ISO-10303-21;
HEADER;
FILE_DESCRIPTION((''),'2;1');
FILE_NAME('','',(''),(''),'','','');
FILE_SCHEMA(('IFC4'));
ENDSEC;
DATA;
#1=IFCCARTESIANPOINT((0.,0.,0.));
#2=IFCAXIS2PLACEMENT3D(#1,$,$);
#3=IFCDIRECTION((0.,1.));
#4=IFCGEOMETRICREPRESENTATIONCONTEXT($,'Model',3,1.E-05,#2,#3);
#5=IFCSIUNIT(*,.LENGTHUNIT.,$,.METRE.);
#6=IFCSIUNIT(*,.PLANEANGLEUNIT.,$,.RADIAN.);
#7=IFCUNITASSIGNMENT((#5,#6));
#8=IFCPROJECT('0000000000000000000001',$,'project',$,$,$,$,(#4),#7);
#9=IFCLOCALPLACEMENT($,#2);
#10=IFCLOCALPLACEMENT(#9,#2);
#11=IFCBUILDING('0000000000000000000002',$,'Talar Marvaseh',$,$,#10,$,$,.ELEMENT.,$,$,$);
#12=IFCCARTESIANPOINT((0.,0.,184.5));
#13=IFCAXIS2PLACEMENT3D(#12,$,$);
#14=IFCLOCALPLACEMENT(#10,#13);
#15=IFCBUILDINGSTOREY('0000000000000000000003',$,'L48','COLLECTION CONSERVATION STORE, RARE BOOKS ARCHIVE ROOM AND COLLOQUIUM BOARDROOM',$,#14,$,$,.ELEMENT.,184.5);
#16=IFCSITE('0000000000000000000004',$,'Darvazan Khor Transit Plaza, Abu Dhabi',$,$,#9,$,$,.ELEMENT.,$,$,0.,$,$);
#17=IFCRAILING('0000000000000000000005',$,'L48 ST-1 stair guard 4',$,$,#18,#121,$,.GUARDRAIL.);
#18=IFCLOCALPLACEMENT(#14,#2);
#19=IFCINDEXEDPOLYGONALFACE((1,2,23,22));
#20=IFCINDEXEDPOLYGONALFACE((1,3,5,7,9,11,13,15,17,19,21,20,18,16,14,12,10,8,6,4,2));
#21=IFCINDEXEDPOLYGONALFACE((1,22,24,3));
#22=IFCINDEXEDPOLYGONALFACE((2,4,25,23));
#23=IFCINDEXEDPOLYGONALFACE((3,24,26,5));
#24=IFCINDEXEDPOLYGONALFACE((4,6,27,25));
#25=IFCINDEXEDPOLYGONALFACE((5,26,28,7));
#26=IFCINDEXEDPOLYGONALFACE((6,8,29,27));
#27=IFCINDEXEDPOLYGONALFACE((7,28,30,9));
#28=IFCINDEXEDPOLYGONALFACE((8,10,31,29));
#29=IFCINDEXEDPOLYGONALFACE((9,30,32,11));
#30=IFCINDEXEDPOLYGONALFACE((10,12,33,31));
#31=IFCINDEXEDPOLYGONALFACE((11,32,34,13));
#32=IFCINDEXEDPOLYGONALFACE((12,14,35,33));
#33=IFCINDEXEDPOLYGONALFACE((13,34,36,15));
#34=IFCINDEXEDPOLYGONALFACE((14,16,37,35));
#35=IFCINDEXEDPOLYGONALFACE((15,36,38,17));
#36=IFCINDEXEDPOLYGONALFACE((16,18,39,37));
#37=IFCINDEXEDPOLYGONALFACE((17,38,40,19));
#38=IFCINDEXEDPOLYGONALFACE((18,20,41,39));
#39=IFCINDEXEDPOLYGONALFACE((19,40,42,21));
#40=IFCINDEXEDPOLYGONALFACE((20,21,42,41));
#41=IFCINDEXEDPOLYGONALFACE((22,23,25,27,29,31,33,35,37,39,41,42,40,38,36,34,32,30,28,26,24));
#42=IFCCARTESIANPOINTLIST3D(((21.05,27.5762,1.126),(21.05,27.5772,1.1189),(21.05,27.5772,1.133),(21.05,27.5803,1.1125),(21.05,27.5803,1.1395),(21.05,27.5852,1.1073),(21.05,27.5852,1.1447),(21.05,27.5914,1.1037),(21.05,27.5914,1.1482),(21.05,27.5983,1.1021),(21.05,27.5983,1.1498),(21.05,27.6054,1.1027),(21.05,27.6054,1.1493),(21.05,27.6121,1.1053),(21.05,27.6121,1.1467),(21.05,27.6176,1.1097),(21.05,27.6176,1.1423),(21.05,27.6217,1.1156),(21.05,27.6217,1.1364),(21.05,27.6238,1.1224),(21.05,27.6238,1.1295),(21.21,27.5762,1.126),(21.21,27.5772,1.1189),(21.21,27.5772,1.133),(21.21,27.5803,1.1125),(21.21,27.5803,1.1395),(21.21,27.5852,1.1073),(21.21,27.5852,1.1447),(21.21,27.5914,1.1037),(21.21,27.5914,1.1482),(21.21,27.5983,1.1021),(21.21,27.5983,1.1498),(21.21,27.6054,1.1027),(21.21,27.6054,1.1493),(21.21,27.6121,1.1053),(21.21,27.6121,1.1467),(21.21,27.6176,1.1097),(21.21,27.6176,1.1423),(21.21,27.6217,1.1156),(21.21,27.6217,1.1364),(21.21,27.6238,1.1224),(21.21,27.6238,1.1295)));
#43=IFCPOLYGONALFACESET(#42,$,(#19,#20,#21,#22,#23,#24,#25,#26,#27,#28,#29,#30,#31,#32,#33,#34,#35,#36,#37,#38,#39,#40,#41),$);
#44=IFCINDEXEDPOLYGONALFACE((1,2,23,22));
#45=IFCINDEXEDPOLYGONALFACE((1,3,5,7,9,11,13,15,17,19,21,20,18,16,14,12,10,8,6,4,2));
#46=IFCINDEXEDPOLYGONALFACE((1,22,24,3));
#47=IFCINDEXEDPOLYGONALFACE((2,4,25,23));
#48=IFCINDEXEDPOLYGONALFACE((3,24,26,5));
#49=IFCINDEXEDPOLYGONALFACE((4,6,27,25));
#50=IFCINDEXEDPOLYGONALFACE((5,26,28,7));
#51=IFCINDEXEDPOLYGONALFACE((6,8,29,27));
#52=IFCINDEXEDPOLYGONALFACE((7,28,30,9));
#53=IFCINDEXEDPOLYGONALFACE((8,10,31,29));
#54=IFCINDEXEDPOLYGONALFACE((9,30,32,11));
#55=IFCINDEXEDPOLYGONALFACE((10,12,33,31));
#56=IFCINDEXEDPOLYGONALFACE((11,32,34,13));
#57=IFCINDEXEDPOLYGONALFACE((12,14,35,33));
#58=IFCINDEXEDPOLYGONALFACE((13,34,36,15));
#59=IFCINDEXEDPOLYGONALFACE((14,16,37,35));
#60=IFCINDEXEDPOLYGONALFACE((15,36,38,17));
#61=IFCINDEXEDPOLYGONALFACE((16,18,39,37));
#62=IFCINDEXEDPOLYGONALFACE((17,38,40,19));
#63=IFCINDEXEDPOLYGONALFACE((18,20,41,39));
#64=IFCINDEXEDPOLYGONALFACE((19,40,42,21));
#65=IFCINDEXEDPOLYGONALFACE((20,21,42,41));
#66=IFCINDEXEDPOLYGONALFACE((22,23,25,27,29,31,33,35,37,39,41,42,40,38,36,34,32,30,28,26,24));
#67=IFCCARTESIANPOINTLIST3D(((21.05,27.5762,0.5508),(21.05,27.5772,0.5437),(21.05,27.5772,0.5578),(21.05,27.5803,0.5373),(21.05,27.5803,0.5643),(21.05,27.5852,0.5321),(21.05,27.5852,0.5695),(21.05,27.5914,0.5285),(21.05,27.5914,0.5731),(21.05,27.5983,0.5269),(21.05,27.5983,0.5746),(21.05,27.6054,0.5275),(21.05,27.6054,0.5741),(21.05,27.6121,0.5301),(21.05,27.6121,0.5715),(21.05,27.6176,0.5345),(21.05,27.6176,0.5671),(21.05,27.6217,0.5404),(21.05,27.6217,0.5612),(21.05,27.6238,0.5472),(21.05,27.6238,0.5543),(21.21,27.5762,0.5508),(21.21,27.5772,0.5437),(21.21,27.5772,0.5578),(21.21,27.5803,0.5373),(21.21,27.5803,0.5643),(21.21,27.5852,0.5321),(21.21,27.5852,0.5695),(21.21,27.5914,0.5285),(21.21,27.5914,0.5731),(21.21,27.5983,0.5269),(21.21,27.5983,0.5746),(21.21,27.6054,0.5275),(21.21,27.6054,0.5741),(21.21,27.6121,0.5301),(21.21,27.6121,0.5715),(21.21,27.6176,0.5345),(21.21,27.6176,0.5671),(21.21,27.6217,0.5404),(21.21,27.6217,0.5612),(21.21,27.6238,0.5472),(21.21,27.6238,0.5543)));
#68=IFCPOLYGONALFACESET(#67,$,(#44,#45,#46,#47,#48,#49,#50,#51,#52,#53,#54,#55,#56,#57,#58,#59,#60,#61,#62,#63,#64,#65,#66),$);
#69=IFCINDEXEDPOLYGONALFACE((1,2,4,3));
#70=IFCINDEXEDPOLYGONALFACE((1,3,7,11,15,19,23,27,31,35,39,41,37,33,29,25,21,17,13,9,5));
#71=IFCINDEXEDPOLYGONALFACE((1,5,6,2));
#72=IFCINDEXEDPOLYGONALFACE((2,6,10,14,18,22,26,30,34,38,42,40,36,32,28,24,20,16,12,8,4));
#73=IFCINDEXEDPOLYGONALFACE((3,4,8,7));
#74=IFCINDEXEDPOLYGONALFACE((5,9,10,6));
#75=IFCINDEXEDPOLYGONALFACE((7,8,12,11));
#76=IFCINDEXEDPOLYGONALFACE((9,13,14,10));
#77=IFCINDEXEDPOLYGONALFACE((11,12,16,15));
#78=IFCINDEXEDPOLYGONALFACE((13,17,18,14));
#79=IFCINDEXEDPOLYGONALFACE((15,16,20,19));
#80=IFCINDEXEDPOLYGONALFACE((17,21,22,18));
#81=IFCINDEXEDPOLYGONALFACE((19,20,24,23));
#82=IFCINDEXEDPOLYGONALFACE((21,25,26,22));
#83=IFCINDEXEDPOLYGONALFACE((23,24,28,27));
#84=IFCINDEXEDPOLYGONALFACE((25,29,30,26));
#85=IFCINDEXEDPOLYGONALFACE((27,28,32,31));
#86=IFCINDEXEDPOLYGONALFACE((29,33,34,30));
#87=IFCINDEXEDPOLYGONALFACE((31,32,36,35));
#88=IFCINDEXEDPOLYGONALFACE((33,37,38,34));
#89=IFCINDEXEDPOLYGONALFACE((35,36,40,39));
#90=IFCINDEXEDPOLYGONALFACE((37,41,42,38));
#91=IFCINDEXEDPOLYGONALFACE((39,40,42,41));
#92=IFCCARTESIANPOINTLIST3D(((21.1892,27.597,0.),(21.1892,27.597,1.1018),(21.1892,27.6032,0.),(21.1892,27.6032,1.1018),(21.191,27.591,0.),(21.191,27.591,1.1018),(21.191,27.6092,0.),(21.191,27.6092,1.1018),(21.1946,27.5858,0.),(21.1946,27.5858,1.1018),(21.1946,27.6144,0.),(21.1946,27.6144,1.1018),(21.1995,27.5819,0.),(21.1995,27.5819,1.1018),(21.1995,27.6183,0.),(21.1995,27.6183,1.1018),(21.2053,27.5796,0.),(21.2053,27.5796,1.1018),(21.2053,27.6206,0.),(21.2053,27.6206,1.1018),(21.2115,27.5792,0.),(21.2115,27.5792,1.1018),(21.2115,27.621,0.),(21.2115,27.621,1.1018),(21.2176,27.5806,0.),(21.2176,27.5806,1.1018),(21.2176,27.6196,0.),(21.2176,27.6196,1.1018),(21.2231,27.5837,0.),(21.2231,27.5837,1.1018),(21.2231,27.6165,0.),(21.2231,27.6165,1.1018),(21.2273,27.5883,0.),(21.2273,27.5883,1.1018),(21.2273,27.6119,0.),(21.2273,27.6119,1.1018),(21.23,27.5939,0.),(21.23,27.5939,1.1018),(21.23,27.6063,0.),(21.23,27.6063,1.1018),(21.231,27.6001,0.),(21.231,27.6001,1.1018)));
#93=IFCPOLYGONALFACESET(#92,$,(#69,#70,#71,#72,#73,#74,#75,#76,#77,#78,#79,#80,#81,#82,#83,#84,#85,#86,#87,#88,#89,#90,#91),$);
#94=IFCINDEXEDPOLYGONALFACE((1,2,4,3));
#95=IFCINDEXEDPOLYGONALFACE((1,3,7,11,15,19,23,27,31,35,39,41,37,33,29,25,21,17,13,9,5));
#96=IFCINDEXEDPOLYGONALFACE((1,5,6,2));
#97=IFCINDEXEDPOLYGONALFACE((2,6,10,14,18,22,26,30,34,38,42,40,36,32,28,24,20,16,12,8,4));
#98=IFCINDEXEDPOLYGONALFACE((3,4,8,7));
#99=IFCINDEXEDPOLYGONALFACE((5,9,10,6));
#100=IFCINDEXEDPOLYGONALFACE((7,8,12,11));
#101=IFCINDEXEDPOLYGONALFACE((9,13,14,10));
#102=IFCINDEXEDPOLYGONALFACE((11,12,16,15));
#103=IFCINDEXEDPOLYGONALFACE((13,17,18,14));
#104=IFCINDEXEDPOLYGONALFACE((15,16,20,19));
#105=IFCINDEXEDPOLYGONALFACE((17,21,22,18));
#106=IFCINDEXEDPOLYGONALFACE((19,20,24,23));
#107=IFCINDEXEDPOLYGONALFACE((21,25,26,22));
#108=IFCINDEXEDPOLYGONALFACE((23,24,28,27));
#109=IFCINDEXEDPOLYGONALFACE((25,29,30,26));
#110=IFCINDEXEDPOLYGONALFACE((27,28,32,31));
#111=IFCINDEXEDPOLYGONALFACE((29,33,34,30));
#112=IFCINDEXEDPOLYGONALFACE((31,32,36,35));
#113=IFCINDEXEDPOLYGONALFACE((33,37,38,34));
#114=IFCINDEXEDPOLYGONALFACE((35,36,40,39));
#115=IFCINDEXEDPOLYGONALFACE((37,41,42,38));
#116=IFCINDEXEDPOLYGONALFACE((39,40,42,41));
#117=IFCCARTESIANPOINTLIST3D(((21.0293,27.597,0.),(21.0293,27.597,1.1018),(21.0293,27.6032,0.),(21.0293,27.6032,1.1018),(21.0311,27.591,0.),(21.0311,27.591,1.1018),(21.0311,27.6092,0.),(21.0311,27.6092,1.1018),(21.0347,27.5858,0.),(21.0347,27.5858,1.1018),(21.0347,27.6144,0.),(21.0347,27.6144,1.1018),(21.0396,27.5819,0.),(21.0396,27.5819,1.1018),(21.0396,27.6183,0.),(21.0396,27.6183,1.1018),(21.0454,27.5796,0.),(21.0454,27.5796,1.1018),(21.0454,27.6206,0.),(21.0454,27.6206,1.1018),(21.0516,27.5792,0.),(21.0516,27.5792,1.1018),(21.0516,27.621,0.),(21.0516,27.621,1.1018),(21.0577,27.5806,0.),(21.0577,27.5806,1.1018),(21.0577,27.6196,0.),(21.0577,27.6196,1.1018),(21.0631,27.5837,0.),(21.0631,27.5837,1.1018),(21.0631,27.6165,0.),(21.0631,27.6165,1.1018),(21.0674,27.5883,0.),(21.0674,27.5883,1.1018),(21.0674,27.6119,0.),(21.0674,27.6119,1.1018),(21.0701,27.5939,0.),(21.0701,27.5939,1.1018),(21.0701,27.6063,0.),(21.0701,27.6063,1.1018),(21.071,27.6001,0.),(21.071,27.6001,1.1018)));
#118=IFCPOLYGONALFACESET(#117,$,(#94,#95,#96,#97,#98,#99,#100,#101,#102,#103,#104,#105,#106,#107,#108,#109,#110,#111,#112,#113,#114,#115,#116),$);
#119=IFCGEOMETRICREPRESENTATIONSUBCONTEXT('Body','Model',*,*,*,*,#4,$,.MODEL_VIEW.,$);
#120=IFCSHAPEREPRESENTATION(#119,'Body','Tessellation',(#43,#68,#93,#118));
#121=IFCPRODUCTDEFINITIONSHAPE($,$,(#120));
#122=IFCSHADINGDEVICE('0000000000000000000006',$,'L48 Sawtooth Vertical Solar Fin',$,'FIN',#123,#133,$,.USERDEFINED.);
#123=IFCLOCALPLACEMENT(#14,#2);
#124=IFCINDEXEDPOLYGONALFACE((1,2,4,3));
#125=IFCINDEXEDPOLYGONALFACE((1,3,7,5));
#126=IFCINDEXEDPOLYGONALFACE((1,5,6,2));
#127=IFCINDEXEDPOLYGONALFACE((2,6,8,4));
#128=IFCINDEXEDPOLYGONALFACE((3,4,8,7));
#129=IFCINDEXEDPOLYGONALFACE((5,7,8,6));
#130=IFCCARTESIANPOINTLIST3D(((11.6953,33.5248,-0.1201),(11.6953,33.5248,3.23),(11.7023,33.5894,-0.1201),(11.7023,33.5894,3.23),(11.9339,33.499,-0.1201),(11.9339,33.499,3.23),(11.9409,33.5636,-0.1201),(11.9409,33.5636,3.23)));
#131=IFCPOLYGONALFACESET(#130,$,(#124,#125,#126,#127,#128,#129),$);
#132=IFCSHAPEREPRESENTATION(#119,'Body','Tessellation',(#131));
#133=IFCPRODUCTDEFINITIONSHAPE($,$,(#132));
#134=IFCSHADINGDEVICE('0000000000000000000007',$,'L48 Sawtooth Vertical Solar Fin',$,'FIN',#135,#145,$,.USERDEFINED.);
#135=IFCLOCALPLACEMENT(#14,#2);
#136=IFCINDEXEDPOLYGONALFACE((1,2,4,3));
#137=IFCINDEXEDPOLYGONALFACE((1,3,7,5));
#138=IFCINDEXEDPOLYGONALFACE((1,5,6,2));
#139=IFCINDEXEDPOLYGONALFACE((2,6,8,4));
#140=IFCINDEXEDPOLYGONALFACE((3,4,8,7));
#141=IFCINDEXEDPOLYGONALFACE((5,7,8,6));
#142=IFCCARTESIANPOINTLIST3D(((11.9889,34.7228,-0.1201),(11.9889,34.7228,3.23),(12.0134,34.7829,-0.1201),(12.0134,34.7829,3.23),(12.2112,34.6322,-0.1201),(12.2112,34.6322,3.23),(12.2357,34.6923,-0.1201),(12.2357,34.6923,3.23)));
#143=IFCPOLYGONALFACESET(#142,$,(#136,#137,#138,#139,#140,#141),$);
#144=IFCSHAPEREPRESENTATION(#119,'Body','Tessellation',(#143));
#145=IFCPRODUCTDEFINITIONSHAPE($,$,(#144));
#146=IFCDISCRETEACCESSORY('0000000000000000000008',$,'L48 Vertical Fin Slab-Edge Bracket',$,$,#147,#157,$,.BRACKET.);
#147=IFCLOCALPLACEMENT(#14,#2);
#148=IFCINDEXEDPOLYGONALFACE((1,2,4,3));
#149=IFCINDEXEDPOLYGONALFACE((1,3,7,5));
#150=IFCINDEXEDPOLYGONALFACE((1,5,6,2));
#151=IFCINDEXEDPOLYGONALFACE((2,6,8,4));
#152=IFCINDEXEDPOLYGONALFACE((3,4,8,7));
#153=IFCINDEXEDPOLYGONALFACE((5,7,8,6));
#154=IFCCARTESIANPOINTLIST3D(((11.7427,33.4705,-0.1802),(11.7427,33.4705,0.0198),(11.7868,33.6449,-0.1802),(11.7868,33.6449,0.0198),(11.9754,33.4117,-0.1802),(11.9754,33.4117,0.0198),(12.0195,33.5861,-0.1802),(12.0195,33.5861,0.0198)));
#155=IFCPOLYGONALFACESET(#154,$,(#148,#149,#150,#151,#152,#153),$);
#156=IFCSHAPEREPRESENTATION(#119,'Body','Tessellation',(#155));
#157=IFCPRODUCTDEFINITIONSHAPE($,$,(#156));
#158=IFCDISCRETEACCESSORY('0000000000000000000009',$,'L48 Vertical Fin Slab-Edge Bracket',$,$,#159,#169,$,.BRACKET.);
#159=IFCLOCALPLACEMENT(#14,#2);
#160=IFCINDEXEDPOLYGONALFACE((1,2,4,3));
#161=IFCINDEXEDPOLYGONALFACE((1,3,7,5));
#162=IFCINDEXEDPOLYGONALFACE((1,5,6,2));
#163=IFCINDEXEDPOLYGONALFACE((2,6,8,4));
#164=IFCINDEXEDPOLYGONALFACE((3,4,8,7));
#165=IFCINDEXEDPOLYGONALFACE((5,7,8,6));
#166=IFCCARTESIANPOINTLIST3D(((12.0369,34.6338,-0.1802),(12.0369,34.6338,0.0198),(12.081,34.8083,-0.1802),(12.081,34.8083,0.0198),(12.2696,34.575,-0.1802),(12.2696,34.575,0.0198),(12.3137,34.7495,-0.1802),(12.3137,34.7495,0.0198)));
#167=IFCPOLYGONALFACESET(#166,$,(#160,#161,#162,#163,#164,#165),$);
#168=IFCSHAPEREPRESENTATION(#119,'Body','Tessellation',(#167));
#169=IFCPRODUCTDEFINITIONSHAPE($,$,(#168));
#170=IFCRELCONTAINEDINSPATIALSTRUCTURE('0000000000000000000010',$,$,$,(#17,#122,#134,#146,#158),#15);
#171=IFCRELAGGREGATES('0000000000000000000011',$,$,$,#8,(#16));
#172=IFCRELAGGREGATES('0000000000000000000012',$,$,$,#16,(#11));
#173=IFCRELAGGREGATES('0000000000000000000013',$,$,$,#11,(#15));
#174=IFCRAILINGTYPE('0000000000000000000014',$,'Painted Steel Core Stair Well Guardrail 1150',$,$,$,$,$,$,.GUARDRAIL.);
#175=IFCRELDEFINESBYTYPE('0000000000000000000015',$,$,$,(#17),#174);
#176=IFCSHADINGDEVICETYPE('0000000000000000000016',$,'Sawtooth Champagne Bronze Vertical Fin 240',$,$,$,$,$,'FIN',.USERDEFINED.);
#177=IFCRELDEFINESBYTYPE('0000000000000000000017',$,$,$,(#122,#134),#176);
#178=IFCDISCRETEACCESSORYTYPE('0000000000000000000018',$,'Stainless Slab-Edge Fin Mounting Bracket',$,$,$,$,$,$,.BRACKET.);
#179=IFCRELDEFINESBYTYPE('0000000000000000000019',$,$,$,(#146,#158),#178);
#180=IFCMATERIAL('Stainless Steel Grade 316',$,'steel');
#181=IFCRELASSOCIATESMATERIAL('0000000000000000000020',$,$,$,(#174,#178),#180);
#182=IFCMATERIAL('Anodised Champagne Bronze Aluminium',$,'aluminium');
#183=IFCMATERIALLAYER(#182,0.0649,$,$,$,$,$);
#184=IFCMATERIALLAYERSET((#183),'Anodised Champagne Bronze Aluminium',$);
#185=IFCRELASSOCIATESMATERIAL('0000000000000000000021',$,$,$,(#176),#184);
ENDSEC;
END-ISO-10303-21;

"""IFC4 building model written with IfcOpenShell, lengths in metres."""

from ifc_helpers import new_model, si_unit, direction, frame, origin, origin_2d, place, context, subcontext, project, spatial, rectangle, circle, extrude, source, transform, mapped, material, layer, layer_set, type_object, type_shapes, element, save


model = new_model("IFC4")

# Units and contexts
model_context = context("Model", 3, precision=1e-05, world=origin(), true_north=direction((0.0, 1.0)))
body_context = subcontext(model_context, "Body", "Model", "MODEL_VIEW")
ifc_project = project(units=[si_unit("LENGTHUNIT", "METRE"), si_unit("PLANEANGLEUNIT", "RADIAN")], contexts=[model_context])

# Site, building, storey
site_placement = place(None, origin())
site = spatial("IfcSite", under=ifc_project, at=site_placement, Name="Darvazan Khor Transit Plaza, Abu Dhabi", CompositionType="ELEMENT", RefElevation=0.0)
building_placement = place(site_placement, origin())
building = spatial("IfcBuilding", under=site, at=building_placement, Name="Talar Marvaseh", CompositionType="ELEMENT")
storey_placement = place(building_placement, frame((0.0, 0.0, 184.5)))
storey = spatial("IfcBuildingStorey", under=building, at=storey_placement, Name="L48", Description="COLLECTION CONSERVATION STORE, RARE BOOKS ARCHIVE ROOM AND COLLOQUIUM BOARDROOM", CompositionType="ELEMENT", Elevation=184.5)

# Railing
ifc_material_1 = material(Name="Stainless Steel Grade 316", Category="steel")
railing_type_1 = type_object("IfcRailingType", Name="Painted Steel Core Stair Well Guardrail 1150", PredefinedType="GUARDRAIL", material=ifc_material_1)
railing_1_placement = place(storey_placement, frame((21.21, 27.6001, 0.0)))
element("IfcRailing", 1, at=railing_1_placement, inside=storey, type_object=railing_type_1, Name="L48 ST-1 stair guard 4", PredefinedType="GUARDRAIL", context=body_context, shape_type="SweptSolid", body=[
    extrude(circle(Radius=0.0239, at=origin_2d()), frame((0.0, 0.0, 1.126), z_axis=(-1.0, 0.0, 0.0), x_axis=(0.0, -1.0, 0.0)), (0.0, 0.0, 1.0), 0.1599),
    extrude(circle(Radius=0.0239, at=origin_2d()), frame((0.0, 0.0, 0.5508), z_axis=(-1.0, 0.0, 0.0), x_axis=(0.0, -1.0, 0.0)), (0.0, 0.0, 1.0), 0.1599),
    extrude(circle(Radius=0.021, at=origin_2d()), origin(), (0.0, 0.0, 1.0), 1.1018),
    extrude(circle(Radius=0.021, at=origin_2d()), frame((-0.1599, 0.0, 0.0)), (0.0, 0.0, 1.0), 1.1018),
])

# Shading devices
ifc_material_2 = material(Name="Anodised Champagne Bronze Aluminium", Category="aluminium")
ifc_layer_1 = layer(ifc_material_2, 0.0649)
ifc_layer_set_1 = layer_set([ifc_layer_1], Name="Anodised Champagne Bronze Aluminium")
shading_device_type = type_object("IfcShadingDeviceType", Name="Sawtooth Champagne Bronze Vertical Fin 240", ElementType="FIN", PredefinedType="USERDEFINED", material=ifc_layer_set_1)
shared_shape_1 = source(origin(), body_context, "Body", "SweptSolid", [
    extrude(rectangle(XDim=0.24, YDim=0.0649, at=origin_2d()), origin(), (0.0, 0.0, 1.0), 3.3501),
])
type_shapes(shading_device_type, [shared_shape_1])
for number, where, z_axis, x_axis, name in (
    (2, (11.8181, 33.5442, -0.1201), (0.0, 0.0, 1.0), (-0.994189, 0.107652, 0.0), "L48 Sawtooth Vertical Solar Fin"),
    (3, (12.1123, 34.7075, -0.1201), (0.0, 0.0, 1.0), (-0.926002, 0.377518, 0.0), "L48 Sawtooth Vertical Solar Fin"),
):
    element("IfcShadingDevice", number, at=place(storey_placement, frame(where, z_axis=z_axis, x_axis=x_axis)), inside=storey, type_object=shading_device_type, Name=name, ObjectType="FIN", PredefinedType="USERDEFINED", context=body_context, shape_type="MappedRepresentation", body=[
        mapped(shared_shape_1, transform((0.0, 0.0, 0.0), x_axis=(1.0, 0.0, 0.0), y_axis=(0.0, 1.0, 0.0), z_axis=(0.0, 0.0, 1.0), scale=1.0)),
    ])

# Discrete accessories
discrete_accessory_type = type_object("IfcDiscreteAccessoryType", Name="Stainless Slab-Edge Fin Mounting Bracket", PredefinedType="BRACKET", material=ifc_material_1)
shared_shape_2 = source(origin(), body_context, "Body", "SweptSolid", [
    extrude(rectangle(XDim=0.24, YDim=0.1799, at=origin_2d()), origin(), (0.0, 0.0, 1.0), 0.2),
])
type_shapes(discrete_accessory_type, [shared_shape_2])
for number, where, z_axis, x_axis, name in (
    (4, (11.8811, 33.5283, -0.1802), (0.0, 0.0, 1.0), (-0.969531, 0.244969, 0.0), "L48 Vertical Fin Slab-Edge Bracket"),
    (5, (12.1753, 34.6917, -0.1802), (0.0, 0.0, 1.0), (-0.969531, 0.244969, 0.0), "L48 Vertical Fin Slab-Edge Bracket"),
):
    element("IfcDiscreteAccessory", number, at=place(storey_placement, frame(where, z_axis=z_axis, x_axis=x_axis)), inside=storey, type_object=discrete_accessory_type, Name=name, PredefinedType="BRACKET", context=body_context, shape_type="MappedRepresentation", body=[
        mapped(shared_shape_2, transform((0.0, 0.0, 0.0), x_axis=(1.0, 0.0, 0.0), y_axis=(0.0, 1.0, 0.0), z_axis=(0.0, 0.0, 1.0), scale=1.0)),
    ])

save(model, "model.ifc")
